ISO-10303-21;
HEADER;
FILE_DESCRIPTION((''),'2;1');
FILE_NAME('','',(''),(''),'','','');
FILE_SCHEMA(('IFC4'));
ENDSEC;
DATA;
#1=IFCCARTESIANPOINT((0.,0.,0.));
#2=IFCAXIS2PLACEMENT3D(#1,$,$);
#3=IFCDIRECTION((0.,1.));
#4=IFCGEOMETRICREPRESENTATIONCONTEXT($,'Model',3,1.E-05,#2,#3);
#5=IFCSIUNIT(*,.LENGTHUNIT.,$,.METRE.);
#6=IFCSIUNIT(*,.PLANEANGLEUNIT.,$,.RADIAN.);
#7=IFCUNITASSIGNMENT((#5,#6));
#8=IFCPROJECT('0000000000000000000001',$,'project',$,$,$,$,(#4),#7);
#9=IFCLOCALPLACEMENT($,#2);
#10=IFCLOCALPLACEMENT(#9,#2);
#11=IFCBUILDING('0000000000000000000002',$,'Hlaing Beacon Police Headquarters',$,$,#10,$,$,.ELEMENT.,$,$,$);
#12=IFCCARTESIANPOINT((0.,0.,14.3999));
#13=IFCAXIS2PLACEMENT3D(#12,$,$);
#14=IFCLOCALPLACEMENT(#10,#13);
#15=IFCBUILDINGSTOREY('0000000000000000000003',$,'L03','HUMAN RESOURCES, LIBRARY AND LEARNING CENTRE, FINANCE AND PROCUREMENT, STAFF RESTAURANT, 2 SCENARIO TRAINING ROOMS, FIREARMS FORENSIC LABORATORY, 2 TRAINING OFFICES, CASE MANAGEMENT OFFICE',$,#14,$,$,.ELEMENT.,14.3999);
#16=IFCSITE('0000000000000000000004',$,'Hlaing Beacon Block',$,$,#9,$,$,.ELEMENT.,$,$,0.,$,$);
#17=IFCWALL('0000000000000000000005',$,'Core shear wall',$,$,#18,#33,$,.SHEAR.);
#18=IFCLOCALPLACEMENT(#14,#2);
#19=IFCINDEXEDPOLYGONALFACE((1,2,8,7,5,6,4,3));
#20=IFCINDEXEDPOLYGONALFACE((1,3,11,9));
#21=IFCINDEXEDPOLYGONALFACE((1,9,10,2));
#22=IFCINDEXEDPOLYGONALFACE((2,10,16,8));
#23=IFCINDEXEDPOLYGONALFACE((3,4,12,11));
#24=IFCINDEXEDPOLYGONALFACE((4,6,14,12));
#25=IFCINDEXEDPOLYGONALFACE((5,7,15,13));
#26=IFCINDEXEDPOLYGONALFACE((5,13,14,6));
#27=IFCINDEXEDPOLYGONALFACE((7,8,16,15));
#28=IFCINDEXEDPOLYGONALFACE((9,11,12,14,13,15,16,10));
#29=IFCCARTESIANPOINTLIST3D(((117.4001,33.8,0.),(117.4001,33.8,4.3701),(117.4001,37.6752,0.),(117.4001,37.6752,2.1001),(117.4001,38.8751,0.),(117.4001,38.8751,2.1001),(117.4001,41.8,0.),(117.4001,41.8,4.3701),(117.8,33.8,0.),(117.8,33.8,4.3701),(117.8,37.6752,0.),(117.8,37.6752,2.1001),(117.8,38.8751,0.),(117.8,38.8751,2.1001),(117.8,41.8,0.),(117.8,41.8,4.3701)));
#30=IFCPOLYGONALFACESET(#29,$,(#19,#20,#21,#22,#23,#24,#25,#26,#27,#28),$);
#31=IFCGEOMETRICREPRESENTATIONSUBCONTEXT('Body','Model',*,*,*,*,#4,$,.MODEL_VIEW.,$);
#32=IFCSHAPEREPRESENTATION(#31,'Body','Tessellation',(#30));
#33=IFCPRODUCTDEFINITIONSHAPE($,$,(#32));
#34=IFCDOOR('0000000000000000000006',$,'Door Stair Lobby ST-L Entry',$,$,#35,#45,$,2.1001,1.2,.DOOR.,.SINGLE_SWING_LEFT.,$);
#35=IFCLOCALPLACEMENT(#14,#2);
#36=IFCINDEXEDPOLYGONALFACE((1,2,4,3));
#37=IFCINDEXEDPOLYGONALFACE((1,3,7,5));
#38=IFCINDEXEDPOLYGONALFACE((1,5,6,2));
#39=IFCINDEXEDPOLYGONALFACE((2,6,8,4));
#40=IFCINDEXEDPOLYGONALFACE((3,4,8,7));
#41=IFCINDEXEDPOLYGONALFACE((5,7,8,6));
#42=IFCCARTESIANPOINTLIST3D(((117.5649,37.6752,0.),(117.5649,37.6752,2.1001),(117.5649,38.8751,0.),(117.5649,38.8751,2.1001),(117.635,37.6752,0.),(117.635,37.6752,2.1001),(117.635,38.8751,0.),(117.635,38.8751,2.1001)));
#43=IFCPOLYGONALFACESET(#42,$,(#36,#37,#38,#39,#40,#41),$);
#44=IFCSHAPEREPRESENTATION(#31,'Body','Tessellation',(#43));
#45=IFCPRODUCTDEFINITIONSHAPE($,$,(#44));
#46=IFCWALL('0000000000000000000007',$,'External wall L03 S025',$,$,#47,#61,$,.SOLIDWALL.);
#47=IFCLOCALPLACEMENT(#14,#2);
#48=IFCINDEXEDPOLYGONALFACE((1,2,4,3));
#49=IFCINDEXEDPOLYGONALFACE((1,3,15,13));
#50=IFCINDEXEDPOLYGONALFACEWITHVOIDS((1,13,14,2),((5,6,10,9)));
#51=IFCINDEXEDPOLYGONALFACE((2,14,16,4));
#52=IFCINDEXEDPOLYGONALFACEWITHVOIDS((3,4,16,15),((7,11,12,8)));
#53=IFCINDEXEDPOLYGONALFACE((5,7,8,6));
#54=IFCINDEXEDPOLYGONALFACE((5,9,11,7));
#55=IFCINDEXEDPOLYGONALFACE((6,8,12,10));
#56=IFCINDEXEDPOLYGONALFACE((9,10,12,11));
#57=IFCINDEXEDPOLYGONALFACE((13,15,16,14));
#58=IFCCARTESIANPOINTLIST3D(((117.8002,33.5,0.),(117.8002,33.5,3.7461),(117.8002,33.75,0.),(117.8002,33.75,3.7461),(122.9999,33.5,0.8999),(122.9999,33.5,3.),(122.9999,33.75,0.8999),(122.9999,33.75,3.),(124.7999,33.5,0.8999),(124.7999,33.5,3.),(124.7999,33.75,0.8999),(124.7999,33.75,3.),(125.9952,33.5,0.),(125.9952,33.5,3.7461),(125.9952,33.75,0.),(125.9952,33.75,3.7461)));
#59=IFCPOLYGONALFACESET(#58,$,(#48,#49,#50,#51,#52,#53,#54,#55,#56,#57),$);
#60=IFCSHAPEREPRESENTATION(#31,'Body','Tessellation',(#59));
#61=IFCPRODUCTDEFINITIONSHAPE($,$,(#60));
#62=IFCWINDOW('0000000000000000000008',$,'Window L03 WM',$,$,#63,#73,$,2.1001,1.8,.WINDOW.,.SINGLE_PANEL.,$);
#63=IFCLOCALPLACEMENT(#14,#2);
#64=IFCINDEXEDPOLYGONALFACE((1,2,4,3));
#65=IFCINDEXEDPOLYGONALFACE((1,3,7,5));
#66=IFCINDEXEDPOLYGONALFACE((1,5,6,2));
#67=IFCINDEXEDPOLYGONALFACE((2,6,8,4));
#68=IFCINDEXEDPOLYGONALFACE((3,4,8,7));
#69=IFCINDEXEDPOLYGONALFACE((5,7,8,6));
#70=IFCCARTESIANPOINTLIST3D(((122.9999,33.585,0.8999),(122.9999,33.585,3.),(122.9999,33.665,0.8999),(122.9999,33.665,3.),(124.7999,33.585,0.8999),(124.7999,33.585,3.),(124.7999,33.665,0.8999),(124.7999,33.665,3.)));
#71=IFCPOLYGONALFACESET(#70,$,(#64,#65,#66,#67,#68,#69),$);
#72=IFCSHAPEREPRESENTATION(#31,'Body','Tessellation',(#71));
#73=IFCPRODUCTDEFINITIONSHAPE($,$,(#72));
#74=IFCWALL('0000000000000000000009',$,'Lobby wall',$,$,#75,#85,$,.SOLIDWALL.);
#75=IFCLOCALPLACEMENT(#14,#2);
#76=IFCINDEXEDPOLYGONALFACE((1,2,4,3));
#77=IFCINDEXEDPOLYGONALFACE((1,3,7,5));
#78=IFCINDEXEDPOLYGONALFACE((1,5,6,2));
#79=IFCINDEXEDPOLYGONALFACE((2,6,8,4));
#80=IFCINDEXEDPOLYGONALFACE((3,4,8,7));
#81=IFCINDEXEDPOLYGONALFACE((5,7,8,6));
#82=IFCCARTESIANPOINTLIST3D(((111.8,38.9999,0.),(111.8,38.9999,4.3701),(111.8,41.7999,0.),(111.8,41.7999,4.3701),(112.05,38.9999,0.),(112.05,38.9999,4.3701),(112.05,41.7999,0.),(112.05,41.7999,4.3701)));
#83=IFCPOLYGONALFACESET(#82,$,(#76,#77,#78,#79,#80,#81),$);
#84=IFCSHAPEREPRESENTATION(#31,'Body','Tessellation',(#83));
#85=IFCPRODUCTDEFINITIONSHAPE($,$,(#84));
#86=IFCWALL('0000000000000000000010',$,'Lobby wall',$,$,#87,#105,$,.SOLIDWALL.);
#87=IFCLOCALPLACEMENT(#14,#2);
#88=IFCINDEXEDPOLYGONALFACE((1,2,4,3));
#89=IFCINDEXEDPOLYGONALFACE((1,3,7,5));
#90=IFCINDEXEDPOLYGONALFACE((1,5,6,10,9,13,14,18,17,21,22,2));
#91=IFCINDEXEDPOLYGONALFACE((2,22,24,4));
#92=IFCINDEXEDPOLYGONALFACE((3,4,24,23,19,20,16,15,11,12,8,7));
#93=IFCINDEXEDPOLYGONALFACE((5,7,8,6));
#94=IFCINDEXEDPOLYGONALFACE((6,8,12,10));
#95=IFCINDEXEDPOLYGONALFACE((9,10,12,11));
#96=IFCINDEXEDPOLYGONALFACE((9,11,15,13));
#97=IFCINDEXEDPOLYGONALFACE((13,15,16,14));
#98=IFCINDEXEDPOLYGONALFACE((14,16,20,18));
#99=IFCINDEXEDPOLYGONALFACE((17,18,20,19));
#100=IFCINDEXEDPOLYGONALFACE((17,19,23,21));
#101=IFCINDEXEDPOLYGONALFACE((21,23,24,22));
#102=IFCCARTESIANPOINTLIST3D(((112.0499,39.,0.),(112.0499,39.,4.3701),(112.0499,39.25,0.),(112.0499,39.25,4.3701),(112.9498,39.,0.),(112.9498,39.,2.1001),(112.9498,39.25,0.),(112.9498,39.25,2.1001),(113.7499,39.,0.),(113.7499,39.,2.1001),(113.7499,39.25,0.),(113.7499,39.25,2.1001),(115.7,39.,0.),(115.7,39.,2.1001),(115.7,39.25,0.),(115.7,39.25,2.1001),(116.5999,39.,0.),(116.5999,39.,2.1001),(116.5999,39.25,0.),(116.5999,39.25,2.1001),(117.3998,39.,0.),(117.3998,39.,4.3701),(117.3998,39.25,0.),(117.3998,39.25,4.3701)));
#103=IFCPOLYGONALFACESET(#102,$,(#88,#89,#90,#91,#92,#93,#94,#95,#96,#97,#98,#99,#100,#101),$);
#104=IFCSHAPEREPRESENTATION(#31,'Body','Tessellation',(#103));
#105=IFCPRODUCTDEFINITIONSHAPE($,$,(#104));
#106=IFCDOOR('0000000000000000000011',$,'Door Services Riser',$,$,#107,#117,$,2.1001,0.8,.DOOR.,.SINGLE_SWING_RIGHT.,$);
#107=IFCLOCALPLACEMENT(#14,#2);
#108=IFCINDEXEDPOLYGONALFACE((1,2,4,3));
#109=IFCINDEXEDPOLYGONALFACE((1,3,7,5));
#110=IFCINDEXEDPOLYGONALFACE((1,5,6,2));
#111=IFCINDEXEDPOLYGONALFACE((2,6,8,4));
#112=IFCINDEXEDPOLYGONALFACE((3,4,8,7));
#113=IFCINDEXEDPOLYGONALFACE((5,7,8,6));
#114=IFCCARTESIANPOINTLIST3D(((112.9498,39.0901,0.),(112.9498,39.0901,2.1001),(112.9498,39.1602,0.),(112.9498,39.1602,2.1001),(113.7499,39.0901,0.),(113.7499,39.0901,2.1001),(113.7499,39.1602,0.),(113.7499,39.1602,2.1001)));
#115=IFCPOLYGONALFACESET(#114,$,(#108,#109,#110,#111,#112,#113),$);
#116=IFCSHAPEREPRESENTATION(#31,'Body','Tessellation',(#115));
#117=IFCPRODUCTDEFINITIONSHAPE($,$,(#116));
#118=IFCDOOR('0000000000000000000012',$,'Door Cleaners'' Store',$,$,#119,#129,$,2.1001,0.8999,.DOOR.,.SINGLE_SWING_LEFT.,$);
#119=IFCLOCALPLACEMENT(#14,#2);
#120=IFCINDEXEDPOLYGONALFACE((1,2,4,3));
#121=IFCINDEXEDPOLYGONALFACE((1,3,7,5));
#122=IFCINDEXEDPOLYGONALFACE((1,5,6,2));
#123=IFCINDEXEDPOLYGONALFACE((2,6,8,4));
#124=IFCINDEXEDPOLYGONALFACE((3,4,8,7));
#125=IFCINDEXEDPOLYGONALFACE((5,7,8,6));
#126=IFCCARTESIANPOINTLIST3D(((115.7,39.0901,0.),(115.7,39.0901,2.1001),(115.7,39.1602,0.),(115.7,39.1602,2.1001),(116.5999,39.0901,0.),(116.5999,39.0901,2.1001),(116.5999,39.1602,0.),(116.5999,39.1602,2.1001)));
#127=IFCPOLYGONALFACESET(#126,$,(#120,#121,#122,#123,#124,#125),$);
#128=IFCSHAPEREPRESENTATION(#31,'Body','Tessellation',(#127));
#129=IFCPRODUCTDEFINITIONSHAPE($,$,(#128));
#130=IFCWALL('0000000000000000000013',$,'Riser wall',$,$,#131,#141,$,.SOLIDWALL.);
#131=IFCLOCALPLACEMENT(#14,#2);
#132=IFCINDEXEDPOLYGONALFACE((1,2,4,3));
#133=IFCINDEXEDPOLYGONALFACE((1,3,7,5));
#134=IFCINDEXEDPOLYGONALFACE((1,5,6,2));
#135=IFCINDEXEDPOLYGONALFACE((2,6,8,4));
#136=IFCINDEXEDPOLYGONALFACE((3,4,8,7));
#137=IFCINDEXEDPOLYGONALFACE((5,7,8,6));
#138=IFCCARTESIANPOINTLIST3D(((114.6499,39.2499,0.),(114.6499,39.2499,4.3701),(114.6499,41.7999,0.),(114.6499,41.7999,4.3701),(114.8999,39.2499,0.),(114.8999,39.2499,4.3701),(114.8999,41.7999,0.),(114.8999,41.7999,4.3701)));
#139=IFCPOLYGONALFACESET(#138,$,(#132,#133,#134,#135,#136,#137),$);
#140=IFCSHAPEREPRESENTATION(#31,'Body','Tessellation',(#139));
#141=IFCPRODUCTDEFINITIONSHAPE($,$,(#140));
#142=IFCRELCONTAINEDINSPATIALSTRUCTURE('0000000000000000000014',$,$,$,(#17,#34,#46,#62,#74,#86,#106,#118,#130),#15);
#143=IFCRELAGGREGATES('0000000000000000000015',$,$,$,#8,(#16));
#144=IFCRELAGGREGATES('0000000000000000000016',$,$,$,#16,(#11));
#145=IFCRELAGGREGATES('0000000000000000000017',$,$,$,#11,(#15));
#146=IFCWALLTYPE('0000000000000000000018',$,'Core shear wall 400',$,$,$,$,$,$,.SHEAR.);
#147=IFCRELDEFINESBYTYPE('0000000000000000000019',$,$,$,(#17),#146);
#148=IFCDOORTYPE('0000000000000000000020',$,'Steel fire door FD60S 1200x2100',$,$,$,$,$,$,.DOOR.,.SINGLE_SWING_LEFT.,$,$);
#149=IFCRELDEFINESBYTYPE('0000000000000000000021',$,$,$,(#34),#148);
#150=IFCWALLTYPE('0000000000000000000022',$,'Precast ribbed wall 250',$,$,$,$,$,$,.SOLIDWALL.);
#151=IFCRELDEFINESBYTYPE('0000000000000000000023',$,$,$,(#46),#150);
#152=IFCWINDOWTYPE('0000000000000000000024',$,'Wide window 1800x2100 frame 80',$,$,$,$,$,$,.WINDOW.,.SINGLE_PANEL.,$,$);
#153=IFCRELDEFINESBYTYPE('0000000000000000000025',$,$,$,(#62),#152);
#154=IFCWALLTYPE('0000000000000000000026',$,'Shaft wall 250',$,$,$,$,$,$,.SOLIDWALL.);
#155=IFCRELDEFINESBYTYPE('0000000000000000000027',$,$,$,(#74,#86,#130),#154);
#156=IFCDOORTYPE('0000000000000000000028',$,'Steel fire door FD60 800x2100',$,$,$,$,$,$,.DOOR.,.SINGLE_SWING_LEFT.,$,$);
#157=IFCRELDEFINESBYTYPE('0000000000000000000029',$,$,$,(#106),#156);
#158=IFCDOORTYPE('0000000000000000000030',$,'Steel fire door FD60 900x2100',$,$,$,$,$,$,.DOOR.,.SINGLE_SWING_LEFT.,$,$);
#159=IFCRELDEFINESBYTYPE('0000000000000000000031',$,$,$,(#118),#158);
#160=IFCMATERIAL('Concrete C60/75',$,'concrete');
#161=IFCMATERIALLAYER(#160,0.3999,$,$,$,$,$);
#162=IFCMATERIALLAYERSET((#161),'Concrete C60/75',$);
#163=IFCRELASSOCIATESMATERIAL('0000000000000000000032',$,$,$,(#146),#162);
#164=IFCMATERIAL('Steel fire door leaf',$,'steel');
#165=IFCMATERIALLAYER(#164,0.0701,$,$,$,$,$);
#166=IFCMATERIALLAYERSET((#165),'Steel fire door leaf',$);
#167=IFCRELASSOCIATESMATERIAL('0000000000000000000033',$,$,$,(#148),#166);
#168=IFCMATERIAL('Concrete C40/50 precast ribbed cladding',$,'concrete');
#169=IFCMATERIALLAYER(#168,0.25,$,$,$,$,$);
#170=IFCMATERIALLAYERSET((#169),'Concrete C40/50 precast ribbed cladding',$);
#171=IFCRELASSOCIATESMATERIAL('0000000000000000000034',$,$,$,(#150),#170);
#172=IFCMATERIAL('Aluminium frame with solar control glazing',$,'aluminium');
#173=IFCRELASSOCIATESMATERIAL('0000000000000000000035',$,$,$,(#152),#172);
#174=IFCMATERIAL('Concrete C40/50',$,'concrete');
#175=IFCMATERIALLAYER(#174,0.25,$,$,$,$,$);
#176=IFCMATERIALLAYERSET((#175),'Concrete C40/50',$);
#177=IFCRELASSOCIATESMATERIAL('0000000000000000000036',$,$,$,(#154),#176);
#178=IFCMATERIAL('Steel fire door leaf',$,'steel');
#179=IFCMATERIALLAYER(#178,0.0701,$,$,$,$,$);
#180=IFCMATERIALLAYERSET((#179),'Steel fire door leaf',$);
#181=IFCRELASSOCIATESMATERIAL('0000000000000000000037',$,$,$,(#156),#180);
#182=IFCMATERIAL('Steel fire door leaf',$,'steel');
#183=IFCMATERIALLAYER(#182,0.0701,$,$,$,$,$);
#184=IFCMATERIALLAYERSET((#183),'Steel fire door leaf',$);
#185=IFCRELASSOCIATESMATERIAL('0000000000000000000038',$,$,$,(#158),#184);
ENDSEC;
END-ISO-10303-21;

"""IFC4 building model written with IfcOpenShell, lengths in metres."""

from ifc_helpers import new_model, si_unit, direction, frame, frame_2d, origin, place, context, subcontext, project, spatial, rectangle, extrude, material, layer, layer_set, type_object, element, fill, save


model = new_model("IFC4")

# Units and contexts
model_context = context("Model", 3, precision=1e-05, world=origin(), true_north=direction((0.0, 1.0)))
body_context = subcontext(model_context, "Body", "Model", "MODEL_VIEW")
ifc_project = project(units=[si_unit("LENGTHUNIT", "METRE"), si_unit("PLANEANGLEUNIT", "RADIAN")], contexts=[model_context])

# Site, building, storey
site_placement = place(None, origin())
site = spatial("IfcSite", under=ifc_project, at=site_placement, Name="Hlaing Beacon Block", CompositionType="ELEMENT", RefElevation=0.0)
building_placement = place(site_placement, origin())
building = spatial("IfcBuilding", under=site, at=building_placement, Name="Hlaing Beacon Police Headquarters", CompositionType="ELEMENT")
storey_placement = place(building_placement, frame((0.0, 0.0, 14.3999)))
storey = spatial("IfcBuildingStorey", under=building, at=storey_placement, Name="L03", Description="HUMAN RESOURCES, LIBRARY AND LEARNING CENTRE, FINANCE AND PROCUREMENT, STAFF RESTAURANT, 2 SCENARIO TRAINING ROOMS, FIREARMS FORENSIC LABORATORY, 2 TRAINING OFFICES, CASE MANAGEMENT OFFICE", CompositionType="ELEMENT", Elevation=14.3999)

# Wall, opening, door
ifc_material_1 = material(Name="Concrete C60/75", Category="concrete")
ifc_layer_1 = layer(ifc_material_1, 0.3999)
ifc_layer_set_1 = layer_set([ifc_layer_1], Name="Concrete C60/75")
wall_type_1 = type_object("IfcWallType", Name="Core shear wall 400", PredefinedType="SHEAR", material=ifc_layer_set_1)
wall_1_placement = place(storey_placement, frame((117.6001, 33.8, 0.0), z_axis=(0.0, 0.0, 1.0), x_axis=(0.0, 1.0, 0.0)))
wall_1 = element("IfcWall", 1, at=wall_1_placement, inside=storey, type_object=wall_type_1, Name="Core shear wall", PredefinedType="SHEAR", context=body_context, shape_type="SweptSolid", body=[
    extrude(rectangle(XDim=8.0, YDim=0.3999, at=frame_2d((4.0, 0.0))), origin(), (0.0, 0.0, 1.0), 4.3701),
])
opening_1_placement = place(wall_1_placement, frame((3.875, 0.0, 0.0)))
opening_1 = element("IfcOpeningElement", 2, at=opening_1_placement, cuts=wall_1, PredefinedType="OPENING", context=body_context, shape_type="SweptSolid", body=[
    extrude(rectangle(XDim=1.2, YDim=2.1001, at=frame_2d((0.6001, 1.05))), frame((0.0, 0.21, 0.0), z_axis=(0.0, -1.0, 0.0), x_axis=(1.0, 0.0, 0.0)), (0.0, 0.0, 1.0), 0.4199),
])
ifc_material_2 = material(Name="Steel fire door leaf", Category="steel")
ifc_layer_2 = layer(ifc_material_2, 0.0701)
ifc_layer_set_2 = layer_set([ifc_layer_2], Name="Steel fire door leaf")
door_type_1 = type_object("IfcDoorType", Name="Steel fire door FD60S 1200x2100", OperationType="SINGLE_SWING_LEFT", PredefinedType="DOOR", material=ifc_layer_set_2)
door_1_placement = place(opening_1_placement, origin())
door_1 = element("IfcDoor", 3, at=door_1_placement, inside=storey, type_object=door_type_1, Name="Door Stair Lobby ST-L Entry", OperationType="SINGLE_SWING_LEFT", OverallHeight=2.1001, OverallWidth=1.2, PredefinedType="DOOR", context=body_context, shape_type="SweptSolid", body=[
    extrude(rectangle(XDim=1.2, YDim=2.1001, at=frame_2d((0.6001, 1.05))), frame((0.0, 0.0352, 0.0), z_axis=(0.0, -1.0, 0.0), x_axis=(1.0, 0.0, 0.0)), (0.0, 0.0, 1.0), 0.0701),
])
fill(opening_1, door_1)

# Wall, opening, window
ifc_material_3 = material(Name="Concrete C40/50 precast ribbed cladding", Category="concrete")
ifc_layer_3 = layer(ifc_material_3, 0.25)
ifc_layer_set_3 = layer_set([ifc_layer_3], Name="Concrete C40/50 precast ribbed cladding")
wall_type_2 = type_object("IfcWallType", Name="Precast ribbed wall 250", PredefinedType="SOLIDWALL", material=ifc_layer_set_3)
wall_2_placement = place(storey_placement, frame((117.8, 33.625, 0.0), z_axis=(0.0, 0.0, 1.0), x_axis=(1.0, 0.0, 0.0)))
wall_2 = element("IfcWall", 4, at=wall_2_placement, inside=storey, type_object=wall_type_2, Name="External wall L03 S025", PredefinedType="SOLIDWALL", context=body_context, shape_type="SweptSolid", body=[
    extrude(rectangle(XDim=8.1951, YDim=0.25, at=frame_2d((4.0977, 0.0))), origin(), (0.0, 0.0, 1.0), 3.7461),
])
opening_2_placement = place(wall_2_placement, frame((5.2, 0.0, 0.8999)))
opening_2 = element("IfcOpeningElement", 5, at=opening_2_placement, cuts=wall_2, PredefinedType="OPENING", context=body_context, shape_type="SweptSolid", body=[
    extrude(rectangle(XDim=1.8, YDim=2.1001, at=frame_2d((0.8999, 1.05))), frame((0.0, 0.135, 0.0), z_axis=(0.0, -1.0, 0.0), x_axis=(1.0, 0.0, 0.0)), (0.0, 0.0, 1.0), 0.27),
])
ifc_material_4 = material(Name="Aluminium frame with solar control glazing", Category="aluminium")
window_type = type_object("IfcWindowType", Name="Wide window 1800x2100 frame 80", PartitioningType="SINGLE_PANEL", PredefinedType="WINDOW", material=ifc_material_4)
window_placement = place(opening_2_placement, origin())
window = element("IfcWindow", 6, at=window_placement, inside=storey, type_object=window_type, Name="Window L03 WM", OverallHeight=2.1001, OverallWidth=1.8, PartitioningType="SINGLE_PANEL", PredefinedType="WINDOW", context=body_context, shape_type="SweptSolid", body=[
    extrude(rectangle(XDim=1.8, YDim=2.1001, at=frame_2d((0.8999, 1.05))), frame((0.0, 0.04, 0.0), z_axis=(0.0, -1.0, 0.0), x_axis=(1.0, 0.0, 0.0)), (0.0, 0.0, 1.0), 0.0801),
])
fill(opening_2, window)

# Wall
ifc_material_5 = material(Name="Concrete C40/50", Category="concrete")
ifc_layer_4 = layer(ifc_material_5, 0.25)
ifc_layer_set_4 = layer_set([ifc_layer_4], Name="Concrete C40/50")
wall_type_3 = type_object("IfcWallType", Name="Shaft wall 250", PredefinedType="SOLIDWALL", material=ifc_layer_set_4)
wall_3_placement = place(storey_placement, frame((111.925, 39.0, 0.0), z_axis=(0.0, 0.0, 1.0), x_axis=(0.0, 1.0, 0.0)))
element("IfcWall", 7, at=wall_3_placement, inside=storey, type_object=wall_type_3, Name="Lobby wall", PredefinedType="SOLIDWALL", context=body_context, shape_type="SweptSolid", body=[
    extrude(rectangle(XDim=2.8, YDim=0.25, at=frame_2d((1.3999, 0.0))), origin(), (0.0, 0.0, 1.0), 4.3701),
])

# Wall, openings, doors
wall_4_placement = place(storey_placement, frame((112.05, 39.125, 0.0), z_axis=(0.0, 0.0, 1.0), x_axis=(1.0, 0.0, 0.0)))
wall_4 = element("IfcWall", 8, at=wall_4_placement, inside=storey, type_object=wall_type_3, Name="Lobby wall", PredefinedType="SOLIDWALL", context=body_context, shape_type="SweptSolid", body=[
    extrude(rectangle(XDim=5.3499, YDim=0.25, at=frame_2d((2.6748, 0.0))), origin(), (0.0, 0.0, 1.0), 4.3701),
])
opening_3_placement = place(wall_4_placement, frame((3.6499, 0.0, 0.0)))
opening_3 = element("IfcOpeningElement", 9, at=opening_3_placement, cuts=wall_4, PredefinedType="OPENING", context=body_context, shape_type="SweptSolid", body=[
    extrude(rectangle(XDim=0.8999, YDim=2.1001, at=frame_2d((0.45, 1.05))), frame((0.0, 0.135, 0.0), z_axis=(0.0, -1.0, 0.0), x_axis=(1.0, 0.0, 0.0)), (0.0, 0.0, 1.0), 0.27),
])
opening_4_placement = place(wall_4_placement, frame((0.8999, 0.0, 0.0)))
opening_4 = element("IfcOpeningElement", 10, at=opening_4_placement, cuts=wall_4, PredefinedType="OPENING", context=body_context, shape_type="SweptSolid", body=[
    extrude(rectangle(XDim=0.8, YDim=2.1001, at=frame_2d((0.3999, 1.05))), frame((0.0, 0.135, 0.0), z_axis=(0.0, -1.0, 0.0), x_axis=(1.0, 0.0, 0.0)), (0.0, 0.0, 1.0), 0.27),
])
ifc_material_6 = material(Name="Steel fire door leaf", Category="steel")
ifc_layer_5 = layer(ifc_material_6, 0.0701)
ifc_layer_set_5 = layer_set([ifc_layer_5], Name="Steel fire door leaf")
door_type_2 = type_object("IfcDoorType", Name="Steel fire door FD60 800x2100", OperationType="SINGLE_SWING_LEFT", PredefinedType="DOOR", material=ifc_layer_set_5)
door_2_placement = place(opening_4_placement, origin())
door_2 = element("IfcDoor", 11, at=door_2_placement, inside=storey, type_object=door_type_2, Name="Door Services Riser", OperationType="SINGLE_SWING_RIGHT", OverallHeight=2.1001, OverallWidth=0.8, PredefinedType="DOOR", context=body_context, shape_type="SweptSolid", body=[
    extrude(rectangle(XDim=0.8, YDim=2.1001, at=frame_2d((0.3999, 1.05))), frame((0.0, 0.0352, 0.0), z_axis=(0.0, -1.0, 0.0), x_axis=(1.0, 0.0, 0.0)), (0.0, 0.0, 1.0), 0.0701),
])
fill(opening_4, door_2)
ifc_material_7 = material(Name="Steel fire door leaf", Category="steel")
ifc_layer_6 = layer(ifc_material_7, 0.0701)
ifc_layer_set_6 = layer_set([ifc_layer_6], Name="Steel fire door leaf")
door_type_3 = type_object("IfcDoorType", Name="Steel fire door FD60 900x2100", OperationType="SINGLE_SWING_LEFT", PredefinedType="DOOR", material=ifc_layer_set_6)
door_3_placement = place(opening_3_placement, origin())
door_3 = element("IfcDoor", 12, at=door_3_placement, inside=storey, type_object=door_type_3, Name="Door Cleaners' Store", OperationType="SINGLE_SWING_LEFT", OverallHeight=2.1001, OverallWidth=0.8999, PredefinedType="DOOR", context=body_context, shape_type="SweptSolid", body=[
    extrude(rectangle(XDim=0.8999, YDim=2.1001, at=frame_2d((0.45, 1.05))), frame((0.0, 0.0352, 0.0), z_axis=(0.0, -1.0, 0.0), x_axis=(1.0, 0.0, 0.0)), (0.0, 0.0, 1.0), 0.0701),
])
fill(opening_3, door_3)

# Wall
wall_5_placement = place(storey_placement, frame((114.7749, 39.25, 0.0), z_axis=(0.0, 0.0, 1.0), x_axis=(0.0, 1.0, 0.0)))
element("IfcWall", 13, at=wall_5_placement, inside=storey, type_object=wall_type_3, Name="Riser wall", PredefinedType="SOLIDWALL", context=body_context, shape_type="SweptSolid", body=[
    extrude(rectangle(XDim=2.55, YDim=0.25, at=frame_2d((1.2749, 0.0))), origin(), (0.0, 0.0, 1.0), 4.3701),
])

save(model, "model.ifc")
